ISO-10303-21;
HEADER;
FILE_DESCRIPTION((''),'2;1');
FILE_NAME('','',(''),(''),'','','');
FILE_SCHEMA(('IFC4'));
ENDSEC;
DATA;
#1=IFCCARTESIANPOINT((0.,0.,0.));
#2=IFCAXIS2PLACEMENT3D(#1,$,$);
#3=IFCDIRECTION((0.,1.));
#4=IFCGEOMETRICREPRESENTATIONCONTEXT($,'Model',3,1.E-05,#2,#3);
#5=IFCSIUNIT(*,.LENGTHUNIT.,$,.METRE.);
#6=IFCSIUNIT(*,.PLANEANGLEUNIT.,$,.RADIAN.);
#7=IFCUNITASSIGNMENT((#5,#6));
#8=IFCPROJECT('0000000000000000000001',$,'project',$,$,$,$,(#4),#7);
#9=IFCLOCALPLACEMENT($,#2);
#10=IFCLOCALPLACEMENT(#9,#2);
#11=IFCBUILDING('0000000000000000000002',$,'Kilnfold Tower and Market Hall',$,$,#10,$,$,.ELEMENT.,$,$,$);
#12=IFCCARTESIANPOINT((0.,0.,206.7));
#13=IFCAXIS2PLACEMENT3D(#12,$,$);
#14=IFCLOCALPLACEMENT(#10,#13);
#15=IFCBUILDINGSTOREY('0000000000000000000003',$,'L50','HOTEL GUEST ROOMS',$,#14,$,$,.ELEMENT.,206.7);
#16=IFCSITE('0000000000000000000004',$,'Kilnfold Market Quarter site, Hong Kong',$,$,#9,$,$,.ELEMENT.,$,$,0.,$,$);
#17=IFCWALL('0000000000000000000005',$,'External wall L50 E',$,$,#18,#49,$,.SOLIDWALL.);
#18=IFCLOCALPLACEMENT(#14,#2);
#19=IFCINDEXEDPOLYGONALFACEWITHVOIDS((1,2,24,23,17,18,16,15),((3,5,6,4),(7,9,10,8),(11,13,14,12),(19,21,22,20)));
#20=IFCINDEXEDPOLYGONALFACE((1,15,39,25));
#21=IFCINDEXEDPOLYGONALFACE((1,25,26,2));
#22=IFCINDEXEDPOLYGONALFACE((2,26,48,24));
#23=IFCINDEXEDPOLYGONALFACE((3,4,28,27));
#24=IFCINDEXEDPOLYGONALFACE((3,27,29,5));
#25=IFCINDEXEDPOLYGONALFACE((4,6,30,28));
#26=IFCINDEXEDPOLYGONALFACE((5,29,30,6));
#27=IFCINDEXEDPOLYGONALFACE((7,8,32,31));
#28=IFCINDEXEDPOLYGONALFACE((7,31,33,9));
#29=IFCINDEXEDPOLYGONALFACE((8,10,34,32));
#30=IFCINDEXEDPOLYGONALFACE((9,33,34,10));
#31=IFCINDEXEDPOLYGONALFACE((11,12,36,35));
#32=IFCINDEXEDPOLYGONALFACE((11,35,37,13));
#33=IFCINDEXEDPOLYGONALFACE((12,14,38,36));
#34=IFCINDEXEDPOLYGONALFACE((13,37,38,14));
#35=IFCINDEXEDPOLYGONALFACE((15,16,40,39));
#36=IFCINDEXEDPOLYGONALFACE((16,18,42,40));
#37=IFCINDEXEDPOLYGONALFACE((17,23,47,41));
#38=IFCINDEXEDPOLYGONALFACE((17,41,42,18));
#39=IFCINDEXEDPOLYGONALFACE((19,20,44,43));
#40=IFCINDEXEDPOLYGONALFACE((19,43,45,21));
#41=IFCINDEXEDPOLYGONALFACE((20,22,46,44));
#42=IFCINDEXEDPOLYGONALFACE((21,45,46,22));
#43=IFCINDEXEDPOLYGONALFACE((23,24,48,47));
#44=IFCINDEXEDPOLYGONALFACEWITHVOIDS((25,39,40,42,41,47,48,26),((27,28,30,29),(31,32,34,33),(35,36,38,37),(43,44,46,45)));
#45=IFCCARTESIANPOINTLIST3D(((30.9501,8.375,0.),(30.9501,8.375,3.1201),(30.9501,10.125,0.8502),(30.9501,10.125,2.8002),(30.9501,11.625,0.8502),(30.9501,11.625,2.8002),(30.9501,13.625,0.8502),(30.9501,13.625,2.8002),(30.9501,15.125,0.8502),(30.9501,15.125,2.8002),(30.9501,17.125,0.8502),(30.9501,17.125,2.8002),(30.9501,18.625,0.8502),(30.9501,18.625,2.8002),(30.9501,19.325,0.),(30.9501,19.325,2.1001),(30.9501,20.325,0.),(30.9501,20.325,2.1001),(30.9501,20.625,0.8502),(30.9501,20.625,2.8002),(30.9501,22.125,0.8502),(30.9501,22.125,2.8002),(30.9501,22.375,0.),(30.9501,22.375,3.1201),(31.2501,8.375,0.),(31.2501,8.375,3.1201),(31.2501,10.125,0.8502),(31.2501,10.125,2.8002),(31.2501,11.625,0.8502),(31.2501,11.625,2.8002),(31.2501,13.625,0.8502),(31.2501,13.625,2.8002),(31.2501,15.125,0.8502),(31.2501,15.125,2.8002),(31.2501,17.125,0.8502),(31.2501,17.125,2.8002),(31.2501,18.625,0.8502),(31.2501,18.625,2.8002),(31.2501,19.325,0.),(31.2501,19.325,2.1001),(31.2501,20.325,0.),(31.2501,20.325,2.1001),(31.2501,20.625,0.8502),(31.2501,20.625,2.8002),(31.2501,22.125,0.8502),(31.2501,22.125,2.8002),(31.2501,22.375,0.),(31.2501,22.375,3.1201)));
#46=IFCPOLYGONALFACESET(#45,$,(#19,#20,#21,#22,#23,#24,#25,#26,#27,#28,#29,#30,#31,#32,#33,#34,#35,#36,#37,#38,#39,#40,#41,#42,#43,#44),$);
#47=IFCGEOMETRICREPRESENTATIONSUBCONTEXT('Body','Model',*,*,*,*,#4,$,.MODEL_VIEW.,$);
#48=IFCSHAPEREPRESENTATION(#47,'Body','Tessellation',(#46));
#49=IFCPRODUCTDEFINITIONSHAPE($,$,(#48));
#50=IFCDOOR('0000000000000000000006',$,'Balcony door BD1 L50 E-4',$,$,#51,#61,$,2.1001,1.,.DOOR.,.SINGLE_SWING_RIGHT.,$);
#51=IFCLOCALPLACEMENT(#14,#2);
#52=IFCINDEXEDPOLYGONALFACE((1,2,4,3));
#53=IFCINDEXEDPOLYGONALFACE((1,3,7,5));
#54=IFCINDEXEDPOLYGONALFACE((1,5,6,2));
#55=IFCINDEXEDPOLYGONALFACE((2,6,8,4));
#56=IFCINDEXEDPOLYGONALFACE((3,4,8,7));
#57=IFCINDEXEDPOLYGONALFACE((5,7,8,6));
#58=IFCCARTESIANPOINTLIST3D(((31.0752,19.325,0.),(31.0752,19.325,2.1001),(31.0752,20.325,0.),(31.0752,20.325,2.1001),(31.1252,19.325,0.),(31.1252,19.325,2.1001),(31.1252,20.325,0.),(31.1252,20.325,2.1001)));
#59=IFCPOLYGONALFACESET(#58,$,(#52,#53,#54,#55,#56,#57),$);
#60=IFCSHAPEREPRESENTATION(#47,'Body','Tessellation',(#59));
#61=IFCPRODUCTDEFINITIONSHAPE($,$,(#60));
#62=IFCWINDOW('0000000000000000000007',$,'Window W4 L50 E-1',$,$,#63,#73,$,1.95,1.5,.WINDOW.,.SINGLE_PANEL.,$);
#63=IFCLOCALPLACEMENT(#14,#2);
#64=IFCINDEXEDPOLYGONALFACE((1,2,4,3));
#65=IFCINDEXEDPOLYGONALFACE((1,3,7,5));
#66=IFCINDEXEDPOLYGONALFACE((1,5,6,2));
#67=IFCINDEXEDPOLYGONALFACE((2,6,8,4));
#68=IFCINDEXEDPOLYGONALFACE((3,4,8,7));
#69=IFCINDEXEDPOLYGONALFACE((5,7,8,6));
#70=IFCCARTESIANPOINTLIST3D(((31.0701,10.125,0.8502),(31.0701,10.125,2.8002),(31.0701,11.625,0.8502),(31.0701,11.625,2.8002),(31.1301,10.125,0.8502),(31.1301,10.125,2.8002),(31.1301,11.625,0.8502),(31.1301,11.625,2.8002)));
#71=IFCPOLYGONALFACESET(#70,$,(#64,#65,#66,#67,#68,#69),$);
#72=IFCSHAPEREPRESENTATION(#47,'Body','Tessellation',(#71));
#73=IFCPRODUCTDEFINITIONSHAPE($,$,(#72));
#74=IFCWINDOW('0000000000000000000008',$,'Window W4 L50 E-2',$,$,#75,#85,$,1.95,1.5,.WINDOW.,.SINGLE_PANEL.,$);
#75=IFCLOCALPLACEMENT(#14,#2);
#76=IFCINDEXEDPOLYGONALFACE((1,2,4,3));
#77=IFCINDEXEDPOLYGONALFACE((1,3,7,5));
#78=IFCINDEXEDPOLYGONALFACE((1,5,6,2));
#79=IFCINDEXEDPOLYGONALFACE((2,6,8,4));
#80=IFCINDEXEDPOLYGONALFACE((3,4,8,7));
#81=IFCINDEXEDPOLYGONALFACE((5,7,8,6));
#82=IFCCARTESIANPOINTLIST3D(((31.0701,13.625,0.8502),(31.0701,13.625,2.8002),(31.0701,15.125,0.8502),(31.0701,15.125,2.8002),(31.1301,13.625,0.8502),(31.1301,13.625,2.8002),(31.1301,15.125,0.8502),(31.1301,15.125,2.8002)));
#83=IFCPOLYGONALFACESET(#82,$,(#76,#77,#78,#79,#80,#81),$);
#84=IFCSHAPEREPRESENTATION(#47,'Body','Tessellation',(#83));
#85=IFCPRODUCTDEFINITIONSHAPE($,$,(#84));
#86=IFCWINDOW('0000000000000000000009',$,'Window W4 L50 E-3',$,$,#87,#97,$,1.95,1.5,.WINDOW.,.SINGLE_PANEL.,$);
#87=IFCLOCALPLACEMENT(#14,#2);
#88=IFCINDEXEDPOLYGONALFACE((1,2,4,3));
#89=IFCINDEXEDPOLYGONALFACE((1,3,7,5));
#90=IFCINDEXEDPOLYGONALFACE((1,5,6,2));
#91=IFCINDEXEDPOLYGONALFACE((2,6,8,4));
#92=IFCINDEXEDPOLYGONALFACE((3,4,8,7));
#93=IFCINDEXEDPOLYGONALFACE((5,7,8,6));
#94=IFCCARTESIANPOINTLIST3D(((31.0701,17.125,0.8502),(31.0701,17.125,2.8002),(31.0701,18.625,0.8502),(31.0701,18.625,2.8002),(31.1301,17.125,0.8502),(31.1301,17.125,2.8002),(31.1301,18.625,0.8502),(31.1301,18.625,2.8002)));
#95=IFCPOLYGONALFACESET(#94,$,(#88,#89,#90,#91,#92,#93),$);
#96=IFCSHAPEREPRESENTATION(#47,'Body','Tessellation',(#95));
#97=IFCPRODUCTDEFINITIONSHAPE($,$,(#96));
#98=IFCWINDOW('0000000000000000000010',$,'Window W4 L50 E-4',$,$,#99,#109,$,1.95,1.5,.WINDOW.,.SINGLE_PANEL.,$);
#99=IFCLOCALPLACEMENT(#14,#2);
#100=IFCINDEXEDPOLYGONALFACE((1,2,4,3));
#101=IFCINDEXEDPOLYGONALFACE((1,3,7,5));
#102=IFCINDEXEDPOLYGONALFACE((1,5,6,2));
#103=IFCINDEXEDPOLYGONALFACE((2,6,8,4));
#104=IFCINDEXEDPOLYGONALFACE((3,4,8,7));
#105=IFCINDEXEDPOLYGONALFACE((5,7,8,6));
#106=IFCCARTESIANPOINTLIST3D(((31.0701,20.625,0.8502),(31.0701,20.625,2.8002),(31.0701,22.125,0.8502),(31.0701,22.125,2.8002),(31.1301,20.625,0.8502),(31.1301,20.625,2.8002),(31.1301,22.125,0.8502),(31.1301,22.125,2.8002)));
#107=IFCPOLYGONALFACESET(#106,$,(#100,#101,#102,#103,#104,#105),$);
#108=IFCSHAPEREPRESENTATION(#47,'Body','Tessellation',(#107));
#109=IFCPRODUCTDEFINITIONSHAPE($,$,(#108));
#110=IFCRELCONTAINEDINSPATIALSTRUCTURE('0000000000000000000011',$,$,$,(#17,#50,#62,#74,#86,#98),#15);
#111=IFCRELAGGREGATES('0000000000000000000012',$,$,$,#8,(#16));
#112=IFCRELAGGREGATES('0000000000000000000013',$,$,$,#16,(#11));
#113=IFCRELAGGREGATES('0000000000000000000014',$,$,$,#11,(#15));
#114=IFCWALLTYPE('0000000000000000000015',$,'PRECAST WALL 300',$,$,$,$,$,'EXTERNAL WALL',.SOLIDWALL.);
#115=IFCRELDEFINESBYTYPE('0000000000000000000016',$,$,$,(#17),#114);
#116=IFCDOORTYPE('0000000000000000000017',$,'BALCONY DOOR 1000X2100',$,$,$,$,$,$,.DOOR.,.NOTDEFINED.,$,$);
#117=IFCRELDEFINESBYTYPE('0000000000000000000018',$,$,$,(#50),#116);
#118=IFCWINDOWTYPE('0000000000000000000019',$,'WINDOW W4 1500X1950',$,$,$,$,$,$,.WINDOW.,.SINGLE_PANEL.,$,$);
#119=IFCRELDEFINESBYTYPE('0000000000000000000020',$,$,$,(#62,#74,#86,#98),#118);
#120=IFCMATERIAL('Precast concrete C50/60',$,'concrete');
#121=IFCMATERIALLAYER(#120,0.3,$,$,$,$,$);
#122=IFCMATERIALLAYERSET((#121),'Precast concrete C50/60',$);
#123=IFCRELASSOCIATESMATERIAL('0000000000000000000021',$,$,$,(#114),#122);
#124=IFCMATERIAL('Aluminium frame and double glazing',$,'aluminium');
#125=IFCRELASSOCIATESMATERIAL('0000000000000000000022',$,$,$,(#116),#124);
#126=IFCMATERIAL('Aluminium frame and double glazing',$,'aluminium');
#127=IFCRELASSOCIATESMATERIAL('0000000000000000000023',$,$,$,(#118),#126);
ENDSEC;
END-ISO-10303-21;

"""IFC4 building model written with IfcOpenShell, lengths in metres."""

from ifc_helpers import new_model, si_unit, direction, frame, frame_2d, origin, place, context, subcontext, project, spatial, rectangle, extrude, source, transform, mapped, material, layer, layer_set, type_object, element, fill, save


model = new_model("IFC4")

# Units and contexts
model_context = context("Model", 3, precision=1e-05, world=origin(), true_north=direction((0.0, 1.0)))
body_context = subcontext(model_context, "Body", "Model", "MODEL_VIEW")
ifc_project = project(units=[si_unit("LENGTHUNIT", "METRE"), si_unit("PLANEANGLEUNIT", "RADIAN")], contexts=[model_context])

# Site, building, storey
site_placement = place(None, origin())
site = spatial("IfcSite", under=ifc_project, at=site_placement, Name="Kilnfold Market Quarter site, Hong Kong", CompositionType="ELEMENT", RefElevation=0.0)
building_placement = place(site_placement, origin())
building = spatial("IfcBuilding", under=site, at=building_placement, Name="Kilnfold Tower and Market Hall", CompositionType="ELEMENT")
storey_placement = place(building_placement, frame((0.0, 0.0, 206.7)))
storey = spatial("IfcBuildingStorey", under=building, at=storey_placement, Name="L50", Description="HOTEL GUEST ROOMS", CompositionType="ELEMENT", Elevation=206.7)

# Wall, openings, door, windows
ifc_material_1 = material(Name="Precast concrete C50/60", Category="concrete")
ifc_layer_1 = layer(ifc_material_1, 0.3)
ifc_layer_set_1 = layer_set([ifc_layer_1], Name="Precast concrete C50/60")
wall_type_1 = type_object("IfcWallType", Name="PRECAST WALL 300", ElementType="EXTERNAL WALL", PredefinedType="SOLIDWALL", material=ifc_layer_set_1)
shared_shape_1 = source(origin(), body_context, "Body", "SweptSolid", [
    extrude(rectangle(XDim=14.0, YDim=0.3, at=frame_2d((7.0, 0.0))), origin(), (0.0, 0.0, 1.0), 3.1201),
])
wall_1_placement = place(storey_placement, frame((31.1001, 8.375, 0.0), z_axis=(0.0, 0.0, 1.0), x_axis=(0.0, 1.0, 0.0)))
wall_1 = element("IfcWall", 1, at=wall_1_placement, inside=storey, type_object=wall_type_1, Name="External wall L50 E", PredefinedType="SOLIDWALL", context=body_context, shape_type="MappedRepresentation", body=[
    mapped(shared_shape_1, transform((0.0, 0.0, 0.0))),
])
opening_1_placement = place(wall_1_placement, frame((1.75, 0.0, 0.8501)))
opening_1 = element("IfcOpeningElement", 2, at=opening_1_placement, cuts=wall_1, PredefinedType="OPENING", context=body_context, shape_type="SweptSolid", body=[
    extrude(rectangle(XDim=1.5, YDim=1.95, at=frame_2d((0.75, 0.9751))), frame((0.0, 0.1602, 0.0), z_axis=(0.0, -1.0, 0.0), x_axis=(1.0, 0.0, 0.0)), (0.0, 0.0, 1.0), 0.3201),
])
opening_2_placement = place(wall_1_placement, frame((5.25, 0.0, 0.8501)))
opening_2 = element("IfcOpeningElement", 3, at=opening_2_placement, cuts=wall_1, PredefinedType="OPENING", context=body_context, shape_type="SweptSolid", body=[
    extrude(rectangle(XDim=1.5, YDim=1.95, at=frame_2d((0.75, 0.9751))), frame((0.0, 0.1602, 0.0), z_axis=(0.0, -1.0, 0.0), x_axis=(1.0, 0.0, 0.0)), (0.0, 0.0, 1.0), 0.3201),
])
opening_3_placement = place(wall_1_placement, frame((8.75, 0.0, 0.8501)))
opening_3 = element("IfcOpeningElement", 4, at=opening_3_placement, cuts=wall_1, PredefinedType="OPENING", context=body_context, shape_type="SweptSolid", body=[
    extrude(rectangle(XDim=1.5, YDim=1.95, at=frame_2d((0.75, 0.9751))), frame((0.0, 0.1602, 0.0), z_axis=(0.0, -1.0, 0.0), x_axis=(1.0, 0.0, 0.0)), (0.0, 0.0, 1.0), 0.3201),
])
opening_4_placement = place(wall_1_placement, frame((12.25, 0.0, 0.8501)))
opening_4 = element("IfcOpeningElement", 5, at=opening_4_placement, cuts=wall_1, PredefinedType="OPENING", context=body_context, shape_type="SweptSolid", body=[
    extrude(rectangle(XDim=1.5, YDim=1.95, at=frame_2d((0.75, 0.9751))), frame((0.0, 0.1602, 0.0), z_axis=(0.0, -1.0, 0.0), x_axis=(1.0, 0.0, 0.0)), (0.0, 0.0, 1.0), 0.3201),
])
opening_5_placement = place(wall_1_placement, frame((10.95, 0.0, 0.0)))
opening_5 = element("IfcOpeningElement", 6, at=opening_5_placement, cuts=wall_1, PredefinedType="OPENING", context=body_context, shape_type="SweptSolid", body=[
    extrude(rectangle(XDim=1.0, YDim=2.1001, at=frame_2d((0.5, 1.05))), frame((0.0, 0.1602, 0.0), z_axis=(0.0, -1.0, 0.0), x_axis=(1.0, 0.0, 0.0)), (0.0, 0.0, 1.0), 0.3201),
])
ifc_material_2 = material(Name="Aluminium frame and double glazing", Category="aluminium")
door_type_1 = type_object("IfcDoorType", Name="BALCONY DOOR 1000X2100", OperationType="NOTDEFINED", PredefinedType="DOOR", material=ifc_material_2)
door_1_placement = place(opening_5_placement, origin())
door_1 = element("IfcDoor", 7, at=door_1_placement, inside=storey, type_object=door_type_1, Name="Balcony door BD1 L50 E-4", OperationType="SINGLE_SWING_RIGHT", OverallHeight=2.1001, OverallWidth=1.0, PredefinedType="DOOR", context=body_context, shape_type="SweptSolid", body=[
    extrude(rectangle(XDim=1.0, YDim=2.1001, at=frame_2d((0.5, 1.05))), frame((0.0, 0.0249, 0.0), z_axis=(0.0, -1.0, 0.0), x_axis=(1.0, 0.0, 0.0)), (0.0, 0.0, 1.0), 0.05),
])
fill(opening_5, door_1)
ifc_material_3 = material(Name="Aluminium frame and double glazing", Category="aluminium")
window_type = type_object("IfcWindowType", Name="WINDOW W4 1500X1950", PartitioningType="SINGLE_PANEL", PredefinedType="WINDOW", material=ifc_material_3)
window_1_placement = place(opening_1_placement, origin())
window_1 = element("IfcWindow", 8, at=window_1_placement, inside=storey, type_object=window_type, Name="Window W4 L50 E-1", OverallHeight=1.95, OverallWidth=1.5, PartitioningType="SINGLE_PANEL", PredefinedType="WINDOW", context=body_context, shape_type="SweptSolid", body=[
    extrude(rectangle(XDim=1.5, YDim=1.95, at=frame_2d((0.75, 0.9751))), frame((0.0, 0.03, 0.0), z_axis=(0.0, -1.0, 0.0), x_axis=(1.0, 0.0, 0.0)), (0.0, 0.0, 1.0), 0.0601),
])
fill(opening_1, window_1)
window_2_placement = place(opening_2_placement, origin())
window_2 = element("IfcWindow", 9, at=window_2_placement, inside=storey, type_object=window_type, Name="Window W4 L50 E-2", OverallHeight=1.95, OverallWidth=1.5, PartitioningType="SINGLE_PANEL", PredefinedType="WINDOW", context=body_context, shape_type="SweptSolid", body=[
    extrude(rectangle(XDim=1.5, YDim=1.95, at=frame_2d((0.75, 0.9751))), frame((0.0, 0.03, 0.0), z_axis=(0.0, -1.0, 0.0), x_axis=(1.0, 0.0, 0.0)), (0.0, 0.0, 1.0), 0.0601),
])
fill(opening_2, window_2)
window_3_placement = place(opening_3_placement, origin())
window_3 = element("IfcWindow", 10, at=window_3_placement, inside=storey, type_object=window_type, Name="Window W4 L50 E-3", OverallHeight=1.95, OverallWidth=1.5, PartitioningType="SINGLE_PANEL", PredefinedType="WINDOW", context=body_context, shape_type="SweptSolid", body=[
    extrude(rectangle(XDim=1.5, YDim=1.95, at=frame_2d((0.75, 0.9751))), frame((0.0, 0.03, 0.0), z_axis=(0.0, -1.0, 0.0), x_axis=(1.0, 0.0, 0.0)), (0.0, 0.0, 1.0), 0.0601),
])
fill(opening_3, window_3)
window_4_placement = place(opening_4_placement, origin())
window_4 = element("IfcWindow", 11, at=window_4_placement, inside=storey, type_object=window_type, Name="Window W4 L50 E-4", OverallHeight=1.95, OverallWidth=1.5, PartitioningType="SINGLE_PANEL", PredefinedType="WINDOW", context=body_context, shape_type="SweptSolid", body=[
    extrude(rectangle(XDim=1.5, YDim=1.95, at=frame_2d((0.75, 0.9751))), frame((0.0, 0.03, 0.0), z_axis=(0.0, -1.0, 0.0), x_axis=(1.0, 0.0, 0.0)), (0.0, 0.0, 1.0), 0.0601),
])
fill(opening_4, window_4)

save(model, "model.ifc")
